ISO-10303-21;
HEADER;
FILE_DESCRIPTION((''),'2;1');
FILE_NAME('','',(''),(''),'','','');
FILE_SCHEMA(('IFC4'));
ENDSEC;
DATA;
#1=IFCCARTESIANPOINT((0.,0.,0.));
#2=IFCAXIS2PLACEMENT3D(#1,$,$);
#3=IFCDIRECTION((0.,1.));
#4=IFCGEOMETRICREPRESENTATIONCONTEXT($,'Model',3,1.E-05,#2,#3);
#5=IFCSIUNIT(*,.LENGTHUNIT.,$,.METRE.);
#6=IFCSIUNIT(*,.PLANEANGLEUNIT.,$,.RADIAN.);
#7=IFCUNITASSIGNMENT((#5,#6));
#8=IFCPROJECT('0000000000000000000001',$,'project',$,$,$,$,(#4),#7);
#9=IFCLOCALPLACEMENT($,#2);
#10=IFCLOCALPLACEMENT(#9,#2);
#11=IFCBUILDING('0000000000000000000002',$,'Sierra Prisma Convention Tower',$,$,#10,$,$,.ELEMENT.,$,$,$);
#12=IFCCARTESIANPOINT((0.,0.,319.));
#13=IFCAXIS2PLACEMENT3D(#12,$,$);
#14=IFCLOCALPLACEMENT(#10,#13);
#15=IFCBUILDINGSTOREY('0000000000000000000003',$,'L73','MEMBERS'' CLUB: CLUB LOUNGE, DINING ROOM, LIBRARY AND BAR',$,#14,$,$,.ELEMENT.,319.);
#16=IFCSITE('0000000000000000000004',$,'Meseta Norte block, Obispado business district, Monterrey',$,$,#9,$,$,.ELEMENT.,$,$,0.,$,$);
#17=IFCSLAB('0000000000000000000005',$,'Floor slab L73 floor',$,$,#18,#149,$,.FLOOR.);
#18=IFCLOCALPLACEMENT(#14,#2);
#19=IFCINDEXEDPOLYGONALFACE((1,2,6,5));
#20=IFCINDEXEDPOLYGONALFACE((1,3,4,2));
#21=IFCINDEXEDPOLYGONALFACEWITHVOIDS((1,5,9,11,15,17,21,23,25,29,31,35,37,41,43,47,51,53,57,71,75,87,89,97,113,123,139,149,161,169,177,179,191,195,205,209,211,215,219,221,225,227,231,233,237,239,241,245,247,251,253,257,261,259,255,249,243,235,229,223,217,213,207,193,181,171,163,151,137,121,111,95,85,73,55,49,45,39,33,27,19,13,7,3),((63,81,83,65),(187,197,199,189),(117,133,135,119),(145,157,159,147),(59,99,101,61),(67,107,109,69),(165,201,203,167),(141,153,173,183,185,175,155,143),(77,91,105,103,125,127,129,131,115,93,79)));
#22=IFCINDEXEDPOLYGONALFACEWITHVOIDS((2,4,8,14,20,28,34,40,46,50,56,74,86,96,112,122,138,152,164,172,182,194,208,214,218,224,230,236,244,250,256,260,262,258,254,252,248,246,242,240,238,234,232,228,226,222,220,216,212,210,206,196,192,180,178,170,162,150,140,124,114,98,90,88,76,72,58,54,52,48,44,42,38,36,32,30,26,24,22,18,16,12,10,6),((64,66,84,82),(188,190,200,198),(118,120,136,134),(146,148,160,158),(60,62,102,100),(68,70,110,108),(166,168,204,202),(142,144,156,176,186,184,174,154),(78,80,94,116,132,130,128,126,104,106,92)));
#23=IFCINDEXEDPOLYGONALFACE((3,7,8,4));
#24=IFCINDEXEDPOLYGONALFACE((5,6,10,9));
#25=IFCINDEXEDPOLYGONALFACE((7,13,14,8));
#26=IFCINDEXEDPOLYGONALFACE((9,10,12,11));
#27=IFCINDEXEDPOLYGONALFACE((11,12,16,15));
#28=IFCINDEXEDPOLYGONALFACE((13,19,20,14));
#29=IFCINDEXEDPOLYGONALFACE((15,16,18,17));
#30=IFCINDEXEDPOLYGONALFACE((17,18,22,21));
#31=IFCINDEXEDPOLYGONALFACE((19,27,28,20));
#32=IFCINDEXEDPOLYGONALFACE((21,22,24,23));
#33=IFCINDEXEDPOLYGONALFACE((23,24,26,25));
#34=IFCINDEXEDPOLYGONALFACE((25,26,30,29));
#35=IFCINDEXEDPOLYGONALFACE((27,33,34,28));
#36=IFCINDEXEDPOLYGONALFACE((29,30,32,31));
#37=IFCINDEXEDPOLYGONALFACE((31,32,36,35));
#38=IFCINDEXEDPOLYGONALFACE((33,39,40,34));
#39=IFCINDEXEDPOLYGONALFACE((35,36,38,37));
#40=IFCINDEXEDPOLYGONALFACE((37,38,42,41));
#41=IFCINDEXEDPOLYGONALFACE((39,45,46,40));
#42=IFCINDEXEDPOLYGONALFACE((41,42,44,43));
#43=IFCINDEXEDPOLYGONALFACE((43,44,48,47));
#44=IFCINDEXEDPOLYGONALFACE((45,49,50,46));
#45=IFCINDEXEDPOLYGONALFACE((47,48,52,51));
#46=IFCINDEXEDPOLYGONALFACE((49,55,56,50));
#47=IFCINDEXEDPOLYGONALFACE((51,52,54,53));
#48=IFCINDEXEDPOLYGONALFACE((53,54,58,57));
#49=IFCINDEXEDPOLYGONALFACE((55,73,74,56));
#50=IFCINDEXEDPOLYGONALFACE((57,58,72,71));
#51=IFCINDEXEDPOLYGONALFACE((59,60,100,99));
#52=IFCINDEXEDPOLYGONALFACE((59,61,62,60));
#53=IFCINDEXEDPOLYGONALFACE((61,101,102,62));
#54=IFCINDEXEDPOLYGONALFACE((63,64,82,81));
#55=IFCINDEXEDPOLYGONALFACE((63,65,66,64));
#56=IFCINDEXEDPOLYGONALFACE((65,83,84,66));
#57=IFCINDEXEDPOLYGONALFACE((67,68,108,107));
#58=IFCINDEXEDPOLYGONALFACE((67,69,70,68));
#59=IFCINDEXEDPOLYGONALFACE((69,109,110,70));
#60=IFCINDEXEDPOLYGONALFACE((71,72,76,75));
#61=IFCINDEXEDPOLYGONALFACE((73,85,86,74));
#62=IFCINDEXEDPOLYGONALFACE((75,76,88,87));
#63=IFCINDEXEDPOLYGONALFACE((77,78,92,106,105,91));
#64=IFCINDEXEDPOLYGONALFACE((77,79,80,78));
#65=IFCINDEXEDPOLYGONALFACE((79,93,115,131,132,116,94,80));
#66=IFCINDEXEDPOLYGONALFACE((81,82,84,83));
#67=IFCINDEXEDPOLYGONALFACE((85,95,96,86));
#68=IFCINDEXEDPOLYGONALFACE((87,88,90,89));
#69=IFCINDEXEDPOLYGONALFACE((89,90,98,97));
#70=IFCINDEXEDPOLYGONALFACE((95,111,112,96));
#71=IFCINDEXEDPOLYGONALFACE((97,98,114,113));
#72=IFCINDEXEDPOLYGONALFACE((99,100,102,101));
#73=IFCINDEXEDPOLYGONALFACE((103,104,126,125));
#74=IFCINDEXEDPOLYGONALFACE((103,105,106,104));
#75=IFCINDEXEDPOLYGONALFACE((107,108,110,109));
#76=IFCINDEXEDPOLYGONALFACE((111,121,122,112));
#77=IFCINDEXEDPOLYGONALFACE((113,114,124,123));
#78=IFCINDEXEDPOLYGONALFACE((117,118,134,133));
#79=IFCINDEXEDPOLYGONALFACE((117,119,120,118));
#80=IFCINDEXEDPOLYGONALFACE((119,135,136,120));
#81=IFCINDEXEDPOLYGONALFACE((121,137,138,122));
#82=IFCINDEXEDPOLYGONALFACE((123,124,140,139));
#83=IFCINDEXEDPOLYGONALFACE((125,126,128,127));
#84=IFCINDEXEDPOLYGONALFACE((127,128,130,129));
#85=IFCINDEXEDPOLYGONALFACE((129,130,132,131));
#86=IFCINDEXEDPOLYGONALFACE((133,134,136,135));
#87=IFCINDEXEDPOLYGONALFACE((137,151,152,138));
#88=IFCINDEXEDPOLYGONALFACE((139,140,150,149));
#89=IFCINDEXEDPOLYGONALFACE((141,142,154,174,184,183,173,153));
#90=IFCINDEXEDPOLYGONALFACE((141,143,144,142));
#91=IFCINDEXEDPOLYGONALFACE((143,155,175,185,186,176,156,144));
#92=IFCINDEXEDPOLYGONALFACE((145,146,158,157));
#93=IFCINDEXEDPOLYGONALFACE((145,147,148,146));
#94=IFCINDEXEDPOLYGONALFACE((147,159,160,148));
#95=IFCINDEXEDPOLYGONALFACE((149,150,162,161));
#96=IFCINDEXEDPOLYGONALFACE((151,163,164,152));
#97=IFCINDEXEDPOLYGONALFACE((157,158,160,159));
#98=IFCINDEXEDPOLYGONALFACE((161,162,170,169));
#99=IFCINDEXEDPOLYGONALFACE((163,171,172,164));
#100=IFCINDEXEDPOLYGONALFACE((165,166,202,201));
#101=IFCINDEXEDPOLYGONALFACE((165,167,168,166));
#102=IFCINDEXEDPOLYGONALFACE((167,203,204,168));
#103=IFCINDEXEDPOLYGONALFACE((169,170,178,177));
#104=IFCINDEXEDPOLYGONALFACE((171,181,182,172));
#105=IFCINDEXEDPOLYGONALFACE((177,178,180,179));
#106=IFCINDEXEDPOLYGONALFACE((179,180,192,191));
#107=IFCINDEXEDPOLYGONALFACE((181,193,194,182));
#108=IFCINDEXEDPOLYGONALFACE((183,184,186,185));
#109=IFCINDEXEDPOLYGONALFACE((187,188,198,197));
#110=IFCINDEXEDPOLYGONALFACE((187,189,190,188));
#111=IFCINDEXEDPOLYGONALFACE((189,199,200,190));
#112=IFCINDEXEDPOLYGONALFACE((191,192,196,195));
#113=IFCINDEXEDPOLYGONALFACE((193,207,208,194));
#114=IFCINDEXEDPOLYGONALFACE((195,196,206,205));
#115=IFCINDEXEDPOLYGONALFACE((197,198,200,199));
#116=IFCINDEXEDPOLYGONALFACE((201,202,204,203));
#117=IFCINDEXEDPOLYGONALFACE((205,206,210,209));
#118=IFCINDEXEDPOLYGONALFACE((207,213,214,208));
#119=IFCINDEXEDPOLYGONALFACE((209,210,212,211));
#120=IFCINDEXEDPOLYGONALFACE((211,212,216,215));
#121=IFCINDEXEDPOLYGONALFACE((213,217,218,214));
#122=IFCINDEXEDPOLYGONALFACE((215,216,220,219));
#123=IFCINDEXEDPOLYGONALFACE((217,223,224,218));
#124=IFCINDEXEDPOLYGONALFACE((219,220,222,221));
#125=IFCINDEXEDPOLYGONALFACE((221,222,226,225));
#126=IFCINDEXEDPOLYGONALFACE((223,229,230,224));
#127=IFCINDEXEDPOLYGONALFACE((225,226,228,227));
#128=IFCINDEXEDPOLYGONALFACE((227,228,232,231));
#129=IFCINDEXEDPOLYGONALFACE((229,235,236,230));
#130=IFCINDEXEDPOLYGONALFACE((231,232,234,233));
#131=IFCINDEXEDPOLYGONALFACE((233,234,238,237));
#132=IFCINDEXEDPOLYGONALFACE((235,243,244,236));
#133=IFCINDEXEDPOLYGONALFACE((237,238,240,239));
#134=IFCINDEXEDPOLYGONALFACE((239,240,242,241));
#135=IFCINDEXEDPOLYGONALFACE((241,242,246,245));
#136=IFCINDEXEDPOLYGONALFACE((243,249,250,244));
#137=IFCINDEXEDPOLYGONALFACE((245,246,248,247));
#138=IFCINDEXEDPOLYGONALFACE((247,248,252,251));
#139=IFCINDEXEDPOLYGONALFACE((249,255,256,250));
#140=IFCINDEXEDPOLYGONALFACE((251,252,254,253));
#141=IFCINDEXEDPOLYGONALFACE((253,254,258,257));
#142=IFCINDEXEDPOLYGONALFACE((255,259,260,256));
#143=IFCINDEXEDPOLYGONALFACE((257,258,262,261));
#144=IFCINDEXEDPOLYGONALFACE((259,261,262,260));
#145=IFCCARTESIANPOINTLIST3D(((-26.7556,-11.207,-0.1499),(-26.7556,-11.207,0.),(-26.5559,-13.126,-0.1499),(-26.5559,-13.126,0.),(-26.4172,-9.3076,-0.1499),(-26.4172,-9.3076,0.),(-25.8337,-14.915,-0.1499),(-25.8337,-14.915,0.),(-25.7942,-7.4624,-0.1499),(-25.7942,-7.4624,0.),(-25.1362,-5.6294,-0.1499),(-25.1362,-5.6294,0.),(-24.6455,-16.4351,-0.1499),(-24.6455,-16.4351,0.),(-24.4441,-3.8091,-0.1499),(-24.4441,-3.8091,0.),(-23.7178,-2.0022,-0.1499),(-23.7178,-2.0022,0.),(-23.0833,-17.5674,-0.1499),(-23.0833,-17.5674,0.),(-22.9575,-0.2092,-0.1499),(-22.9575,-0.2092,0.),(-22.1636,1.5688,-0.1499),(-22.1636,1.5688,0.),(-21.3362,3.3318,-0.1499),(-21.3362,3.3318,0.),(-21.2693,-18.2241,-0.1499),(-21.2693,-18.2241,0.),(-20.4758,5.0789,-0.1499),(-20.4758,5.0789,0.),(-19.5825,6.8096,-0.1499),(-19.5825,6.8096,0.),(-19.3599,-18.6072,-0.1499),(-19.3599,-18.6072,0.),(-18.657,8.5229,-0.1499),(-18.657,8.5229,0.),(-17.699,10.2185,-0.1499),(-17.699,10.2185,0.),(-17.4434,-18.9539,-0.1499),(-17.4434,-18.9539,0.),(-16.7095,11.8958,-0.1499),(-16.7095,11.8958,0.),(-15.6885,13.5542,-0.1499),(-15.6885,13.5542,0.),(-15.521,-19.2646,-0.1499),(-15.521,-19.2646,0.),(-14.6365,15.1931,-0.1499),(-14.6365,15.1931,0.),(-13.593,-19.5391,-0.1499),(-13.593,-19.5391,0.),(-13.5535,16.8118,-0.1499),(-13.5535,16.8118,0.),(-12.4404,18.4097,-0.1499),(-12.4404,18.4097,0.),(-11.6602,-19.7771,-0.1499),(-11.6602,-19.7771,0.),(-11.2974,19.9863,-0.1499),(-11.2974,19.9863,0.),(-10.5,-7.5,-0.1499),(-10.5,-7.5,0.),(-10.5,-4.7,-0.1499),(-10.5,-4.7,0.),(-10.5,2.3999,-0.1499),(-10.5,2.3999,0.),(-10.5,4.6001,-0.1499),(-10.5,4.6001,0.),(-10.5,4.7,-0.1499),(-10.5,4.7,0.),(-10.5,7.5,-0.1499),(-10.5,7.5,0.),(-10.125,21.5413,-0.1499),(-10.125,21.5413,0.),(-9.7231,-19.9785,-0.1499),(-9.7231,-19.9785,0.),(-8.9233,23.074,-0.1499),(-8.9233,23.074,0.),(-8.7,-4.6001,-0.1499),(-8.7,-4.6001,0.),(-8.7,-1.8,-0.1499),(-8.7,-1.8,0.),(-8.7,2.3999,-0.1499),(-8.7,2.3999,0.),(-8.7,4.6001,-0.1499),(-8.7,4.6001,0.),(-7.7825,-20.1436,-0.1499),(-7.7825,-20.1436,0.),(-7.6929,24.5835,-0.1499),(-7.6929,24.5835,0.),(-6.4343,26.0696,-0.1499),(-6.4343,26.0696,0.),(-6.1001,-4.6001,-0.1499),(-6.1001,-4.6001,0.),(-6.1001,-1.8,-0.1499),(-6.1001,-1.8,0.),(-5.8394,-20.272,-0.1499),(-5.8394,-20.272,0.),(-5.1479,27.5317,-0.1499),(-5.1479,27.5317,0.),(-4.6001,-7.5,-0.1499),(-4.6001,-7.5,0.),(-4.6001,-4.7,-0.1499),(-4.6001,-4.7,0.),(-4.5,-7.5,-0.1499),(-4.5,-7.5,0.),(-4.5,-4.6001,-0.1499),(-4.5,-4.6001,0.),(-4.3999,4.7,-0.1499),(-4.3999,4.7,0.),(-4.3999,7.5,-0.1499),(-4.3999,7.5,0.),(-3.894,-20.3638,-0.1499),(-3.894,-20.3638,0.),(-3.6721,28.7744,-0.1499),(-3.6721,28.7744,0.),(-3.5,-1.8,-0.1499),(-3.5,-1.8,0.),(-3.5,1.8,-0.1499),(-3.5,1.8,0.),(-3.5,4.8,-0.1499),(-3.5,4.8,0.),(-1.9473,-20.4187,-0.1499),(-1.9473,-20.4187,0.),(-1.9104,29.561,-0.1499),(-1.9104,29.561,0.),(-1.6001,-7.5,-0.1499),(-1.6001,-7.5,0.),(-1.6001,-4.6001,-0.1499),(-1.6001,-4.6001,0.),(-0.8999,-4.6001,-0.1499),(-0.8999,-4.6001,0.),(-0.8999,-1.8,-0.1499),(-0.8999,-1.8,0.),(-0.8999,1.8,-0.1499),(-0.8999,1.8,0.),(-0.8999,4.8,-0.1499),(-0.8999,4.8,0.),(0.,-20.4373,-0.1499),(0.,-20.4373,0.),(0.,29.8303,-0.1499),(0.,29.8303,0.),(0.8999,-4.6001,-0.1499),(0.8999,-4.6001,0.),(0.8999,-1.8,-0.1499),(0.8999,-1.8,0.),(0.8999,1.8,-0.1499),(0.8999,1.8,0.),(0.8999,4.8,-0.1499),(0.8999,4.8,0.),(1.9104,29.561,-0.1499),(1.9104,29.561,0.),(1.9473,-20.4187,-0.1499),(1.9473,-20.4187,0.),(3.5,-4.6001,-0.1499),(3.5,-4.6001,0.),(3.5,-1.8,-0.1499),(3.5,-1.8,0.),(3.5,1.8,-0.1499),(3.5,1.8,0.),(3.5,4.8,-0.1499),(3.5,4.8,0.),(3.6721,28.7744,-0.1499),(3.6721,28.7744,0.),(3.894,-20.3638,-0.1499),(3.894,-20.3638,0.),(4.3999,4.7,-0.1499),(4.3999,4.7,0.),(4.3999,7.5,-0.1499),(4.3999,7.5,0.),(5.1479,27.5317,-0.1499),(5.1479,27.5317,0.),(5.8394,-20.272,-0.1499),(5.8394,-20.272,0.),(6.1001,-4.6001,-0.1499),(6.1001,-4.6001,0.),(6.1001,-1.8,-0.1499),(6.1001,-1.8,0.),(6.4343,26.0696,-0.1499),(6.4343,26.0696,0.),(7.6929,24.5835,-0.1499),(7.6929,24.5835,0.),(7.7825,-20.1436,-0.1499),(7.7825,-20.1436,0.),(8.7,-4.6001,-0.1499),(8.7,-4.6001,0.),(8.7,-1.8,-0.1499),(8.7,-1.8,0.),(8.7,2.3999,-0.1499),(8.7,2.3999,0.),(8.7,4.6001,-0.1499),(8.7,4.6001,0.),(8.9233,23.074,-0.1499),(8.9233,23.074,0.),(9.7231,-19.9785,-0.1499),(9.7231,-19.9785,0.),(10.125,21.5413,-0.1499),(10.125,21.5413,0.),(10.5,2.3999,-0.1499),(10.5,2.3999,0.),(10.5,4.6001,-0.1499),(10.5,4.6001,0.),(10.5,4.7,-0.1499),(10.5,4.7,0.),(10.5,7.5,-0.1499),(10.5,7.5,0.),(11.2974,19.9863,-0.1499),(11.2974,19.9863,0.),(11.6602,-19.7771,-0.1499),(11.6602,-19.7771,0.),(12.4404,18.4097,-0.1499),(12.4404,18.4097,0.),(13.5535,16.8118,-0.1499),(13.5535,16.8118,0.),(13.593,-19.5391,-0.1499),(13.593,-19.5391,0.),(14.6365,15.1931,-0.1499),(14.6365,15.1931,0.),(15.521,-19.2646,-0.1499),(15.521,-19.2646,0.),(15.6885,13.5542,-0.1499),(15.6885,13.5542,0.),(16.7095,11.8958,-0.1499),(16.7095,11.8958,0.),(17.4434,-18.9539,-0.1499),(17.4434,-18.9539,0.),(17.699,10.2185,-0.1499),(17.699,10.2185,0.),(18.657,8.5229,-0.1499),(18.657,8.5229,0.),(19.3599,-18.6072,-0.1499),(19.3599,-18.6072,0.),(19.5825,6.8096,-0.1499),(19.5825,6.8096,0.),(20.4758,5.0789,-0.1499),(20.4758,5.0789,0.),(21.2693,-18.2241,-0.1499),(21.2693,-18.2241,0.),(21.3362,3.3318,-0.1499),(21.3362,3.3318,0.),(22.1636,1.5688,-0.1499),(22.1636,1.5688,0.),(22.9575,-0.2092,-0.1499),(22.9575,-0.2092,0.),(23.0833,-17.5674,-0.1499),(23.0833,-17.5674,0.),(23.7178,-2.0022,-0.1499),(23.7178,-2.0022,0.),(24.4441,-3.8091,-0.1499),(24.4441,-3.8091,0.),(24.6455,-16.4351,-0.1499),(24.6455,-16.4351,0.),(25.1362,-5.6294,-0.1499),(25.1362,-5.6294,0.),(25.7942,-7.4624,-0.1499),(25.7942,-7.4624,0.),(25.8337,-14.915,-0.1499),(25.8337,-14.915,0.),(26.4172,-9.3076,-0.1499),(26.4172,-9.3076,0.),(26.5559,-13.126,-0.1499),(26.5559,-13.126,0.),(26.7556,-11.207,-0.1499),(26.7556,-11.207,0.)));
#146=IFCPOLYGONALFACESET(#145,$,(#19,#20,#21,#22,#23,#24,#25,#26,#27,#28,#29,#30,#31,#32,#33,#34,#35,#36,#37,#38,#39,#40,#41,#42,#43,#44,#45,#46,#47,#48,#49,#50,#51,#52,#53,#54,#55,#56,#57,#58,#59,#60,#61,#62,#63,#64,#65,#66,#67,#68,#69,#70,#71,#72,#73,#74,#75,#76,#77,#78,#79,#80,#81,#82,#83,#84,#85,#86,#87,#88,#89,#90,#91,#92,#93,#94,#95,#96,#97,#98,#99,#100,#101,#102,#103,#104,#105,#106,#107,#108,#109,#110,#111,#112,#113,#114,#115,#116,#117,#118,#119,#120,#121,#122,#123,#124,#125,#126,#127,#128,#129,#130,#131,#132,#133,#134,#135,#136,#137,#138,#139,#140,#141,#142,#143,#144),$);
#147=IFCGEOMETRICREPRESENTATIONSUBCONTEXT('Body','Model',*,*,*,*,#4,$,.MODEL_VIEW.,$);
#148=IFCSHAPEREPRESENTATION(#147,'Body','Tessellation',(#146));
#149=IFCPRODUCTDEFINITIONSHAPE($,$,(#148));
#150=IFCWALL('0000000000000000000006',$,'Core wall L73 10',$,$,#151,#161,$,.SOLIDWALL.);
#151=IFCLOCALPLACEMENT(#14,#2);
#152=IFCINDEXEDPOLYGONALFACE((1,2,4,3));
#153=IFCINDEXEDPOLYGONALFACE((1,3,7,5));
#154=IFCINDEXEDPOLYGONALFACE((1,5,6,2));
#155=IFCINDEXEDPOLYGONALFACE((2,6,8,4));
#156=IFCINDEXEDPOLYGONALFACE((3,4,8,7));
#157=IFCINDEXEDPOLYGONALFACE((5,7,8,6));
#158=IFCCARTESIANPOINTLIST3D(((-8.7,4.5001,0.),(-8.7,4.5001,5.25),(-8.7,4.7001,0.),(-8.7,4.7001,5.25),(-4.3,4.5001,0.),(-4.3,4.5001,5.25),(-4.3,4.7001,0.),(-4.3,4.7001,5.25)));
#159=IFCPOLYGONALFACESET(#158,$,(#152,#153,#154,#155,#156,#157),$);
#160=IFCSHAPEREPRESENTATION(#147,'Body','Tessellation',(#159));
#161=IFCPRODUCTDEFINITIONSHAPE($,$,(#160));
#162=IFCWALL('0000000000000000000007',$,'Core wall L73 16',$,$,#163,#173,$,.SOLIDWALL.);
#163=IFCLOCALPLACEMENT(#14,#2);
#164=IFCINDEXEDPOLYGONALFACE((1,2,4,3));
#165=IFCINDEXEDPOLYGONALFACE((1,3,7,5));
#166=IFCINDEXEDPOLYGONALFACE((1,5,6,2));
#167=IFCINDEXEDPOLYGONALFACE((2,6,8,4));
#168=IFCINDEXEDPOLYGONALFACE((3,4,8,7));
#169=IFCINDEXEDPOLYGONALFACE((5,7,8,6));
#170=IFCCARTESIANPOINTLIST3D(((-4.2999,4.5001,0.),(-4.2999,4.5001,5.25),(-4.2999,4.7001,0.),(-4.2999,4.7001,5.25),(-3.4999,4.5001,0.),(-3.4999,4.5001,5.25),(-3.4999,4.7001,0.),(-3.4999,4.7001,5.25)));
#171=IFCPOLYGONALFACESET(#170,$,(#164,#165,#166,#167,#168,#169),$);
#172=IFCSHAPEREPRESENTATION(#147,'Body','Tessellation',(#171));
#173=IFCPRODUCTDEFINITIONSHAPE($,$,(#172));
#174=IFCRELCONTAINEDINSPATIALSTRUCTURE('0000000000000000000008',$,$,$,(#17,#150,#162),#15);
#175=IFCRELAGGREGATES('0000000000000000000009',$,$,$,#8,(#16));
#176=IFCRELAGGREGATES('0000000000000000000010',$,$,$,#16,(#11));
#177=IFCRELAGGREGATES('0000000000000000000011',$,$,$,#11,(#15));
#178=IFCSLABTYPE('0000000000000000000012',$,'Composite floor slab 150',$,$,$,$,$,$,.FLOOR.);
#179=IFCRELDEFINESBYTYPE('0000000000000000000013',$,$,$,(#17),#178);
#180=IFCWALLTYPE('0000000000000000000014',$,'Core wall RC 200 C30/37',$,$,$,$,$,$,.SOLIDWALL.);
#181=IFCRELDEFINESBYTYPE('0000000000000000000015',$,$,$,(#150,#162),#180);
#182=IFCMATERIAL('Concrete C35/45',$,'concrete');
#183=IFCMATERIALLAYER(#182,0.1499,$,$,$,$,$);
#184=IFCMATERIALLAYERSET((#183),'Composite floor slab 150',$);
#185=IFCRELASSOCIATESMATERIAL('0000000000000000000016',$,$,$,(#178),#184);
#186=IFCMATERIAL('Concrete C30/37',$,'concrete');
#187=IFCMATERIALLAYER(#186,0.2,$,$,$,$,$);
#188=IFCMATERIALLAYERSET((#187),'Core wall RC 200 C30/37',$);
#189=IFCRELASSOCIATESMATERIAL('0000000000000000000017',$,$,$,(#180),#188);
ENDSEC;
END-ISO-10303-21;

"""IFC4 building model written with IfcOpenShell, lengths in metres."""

from ifc_helpers import new_model, si_unit, direction, frame, frame_2d, origin, place, context, subcontext, project, spatial, polyline, rectangle, outline, extrude, material, layer, layer_set, type_object, element, save


model = new_model("IFC4")

# Units and contexts
model_context = context("Model", 3, precision=1e-05, world=origin(), true_north=direction((0.0, 1.0)))
body_context = subcontext(model_context, "Body", "Model", "MODEL_VIEW")
ifc_project = project(units=[si_unit("LENGTHUNIT", "METRE"), si_unit("PLANEANGLEUNIT", "RADIAN")], contexts=[model_context])

# Site, building, storey
site_placement = place(None, origin())
site = spatial("IfcSite", under=ifc_project, at=site_placement, Name="Meseta Norte block, Obispado business district, Monterrey", CompositionType="ELEMENT", RefElevation=0.0)
building_placement = place(site_placement, origin())
building = spatial("IfcBuilding", under=site, at=building_placement, Name="Sierra Prisma Convention Tower", CompositionType="ELEMENT")
storey_placement = place(building_placement, frame((0.0, 0.0, 319.0)))
storey = spatial("IfcBuildingStorey", under=building, at=storey_placement, Name="L73", Description="MEMBERS' CLUB: CLUB LOUNGE, DINING ROOM, LIBRARY AND BAR", CompositionType="ELEMENT", Elevation=319.0)

# Slab
ifc_material_1 = material(Name="Concrete C35/45", Category="concrete")
ifc_layer_1 = layer(ifc_material_1, 0.1499)
ifc_layer_set_1 = layer_set([ifc_layer_1], Name="Composite floor slab 150")
slab_type = type_object("IfcSlabType", Name="Composite floor slab 150", PredefinedType="FLOOR", material=ifc_layer_set_1)
slab_placement = place(storey_placement, frame((0.0, 0.0, -0.1499)))
element("IfcSlab", 1, at=slab_placement, inside=storey, type_object=slab_type, Name="Floor slab L73 floor", PredefinedType="FLOOR", context=body_context, shape_type="SweptSolid", body=[
    extrude(outline(polyline([(-21.2693, -18.2241), (-19.3599, -18.6072), (-17.4434, -18.9539), (-15.521, -19.2646), (-13.593, -19.5391), (-11.6602, -19.7771), (-9.7231, -19.9785), (-7.7825, -20.1436), (-5.8394, -20.272), (-3.894, -20.3638), (-1.9473, -20.4187), (0.0, -20.4373), (1.9473, -20.4187), (3.894, -20.3638), (5.8394, -20.272), (7.7825, -20.1436), (9.7231, -19.9785), (11.6602, -19.7771), (13.593, -19.5391), (15.521, -19.2646), (17.4434, -18.9539), (19.3599, -18.6072), (21.2693, -18.2241), (23.0833, -17.5674), (24.6455, -16.4351), (25.8337, -14.915), (26.5559, -13.126), (26.7556, -11.207), (26.4172, -9.3076), (25.7942, -7.4624), (25.1362, -5.6294), (24.4441, -3.8091), (23.7178, -2.0022), (22.9575, -0.2092), (22.1636, 1.5688), (21.3362, 3.3318), (20.4758, 5.0789), (19.5825, 6.8096), (18.657, 8.5229), (17.699, 10.2185), (16.7095, 11.8958), (15.6885, 13.5542), (14.6365, 15.1931), (13.5535, 16.8118), (12.4404, 18.4097), (11.2974, 19.9863), (10.125, 21.5413), (8.9233, 23.074), (7.6929, 24.5835), (6.4343, 26.0696), (5.1479, 27.5317), (3.6721, 28.7744), (1.9104, 29.561), (0.0, 29.8303), (-1.9104, 29.561), (-3.6721, 28.7744), (-5.1479, 27.5317), (-6.4343, 26.0696), (-7.6929, 24.5835), (-8.9233, 23.074), (-10.125, 21.5413), (-11.2974, 19.9863), (-12.4404, 18.4097), (-13.5535, 16.8118), (-14.6365, 15.1931), (-15.6885, 13.5542), (-16.7095, 11.8958), (-17.699, 10.2185), (-18.657, 8.5229), (-19.5825, 6.8096), (-20.4758, 5.0789), (-21.3362, 3.3318), (-22.1636, 1.5688), (-22.9575, -0.2092), (-23.7178, -2.0022), (-24.4441, -3.8091), (-25.1362, -5.6294), (-25.7942, -7.4624), (-26.4172, -9.3076), (-26.7556, -11.207), (-26.5559, -13.126), (-25.8337, -14.915), (-24.6455, -16.4351), (-23.0833, -17.5674), (-21.2693, -18.2241)]), holes=[polyline([(-4.6001, -4.7), (-4.6001, -7.5), (-10.5, -7.5), (-10.5, -4.7), (-4.6001, -4.7)]), polyline([(-4.5, -7.5), (-4.5, -4.6001), (-6.1001, -4.6001), (-8.7, -4.6001), (-8.7, -1.8), (-6.1001, -1.8), (-3.5, -1.8), (-0.8999, -1.8), (-0.8999, -4.6001), (-1.6001, -4.6001), (-1.6001, -7.5), (-4.5, -7.5)]), polyline([(-8.7, 2.3999), (-10.5, 2.3999), (-10.5, 4.6001), (-8.7, 4.6001), (-8.7, 2.3999)]), polyline([(-4.3999, 4.7), (-10.5, 4.7), (-10.5, 7.5), (-4.3999, 7.5), (-4.3999, 4.7)]), polyline([(3.5, -1.8), (6.1001, -1.8), (8.7, -1.8), (8.7, -4.6001), (6.1001, -4.6001), (3.5, -4.6001), (0.8999, -4.6001), (0.8999, -1.8), (3.5, -1.8)]), polyline([(-0.8999, 1.8), (-3.5, 1.8), (-3.5, 4.8), (-0.8999, 4.8), (-0.8999, 1.8)]), polyline([(3.5, 1.8), (0.8999, 1.8), (0.8999, 4.8), (3.5, 4.8), (3.5, 1.8)]), polyline([(10.5, 2.3999), (8.7, 2.3999), (8.7, 4.6001), (10.5, 4.6001), (10.5, 2.3999)]), polyline([(10.5, 4.7), (4.3999, 4.7), (4.3999, 7.5), (10.5, 7.5), (10.5, 4.7)])]), origin(), (0.0, 0.0, 1.0), 0.1499),
])

# Walls
ifc_material_2 = material(Name="Concrete C30/37", Category="concrete")
ifc_layer_2 = layer(ifc_material_2, 0.2)
ifc_layer_set_2 = layer_set([ifc_layer_2], Name="Core wall RC 200 C30/37")
wall_type = type_object("IfcWallType", Name="Core wall RC 200 C30/37", PredefinedType="SOLIDWALL", material=ifc_layer_set_2)
wall_1_placement = place(storey_placement, frame((-4.3, 4.6001, 0.0), z_axis=(0.0, 0.0, 1.0), x_axis=(-1.0, 0.0, 0.0)))
element("IfcWall", 2, at=wall_1_placement, inside=storey, type_object=wall_type, Name="Core wall L73 10", PredefinedType="SOLIDWALL", context=body_context, shape_type="SweptSolid", body=[
    extrude(rectangle(XDim=4.3999, YDim=0.2, at=frame_2d((2.2, 0.0))), origin(), (0.0, 0.0, 1.0), 5.25),
])
wall_2_placement = place(storey_placement, frame((-3.5, 4.6001, 0.0), z_axis=(0.0, 0.0, 1.0), x_axis=(-1.0, 0.0, 0.0)))
element("IfcWall", 3, at=wall_2_placement, inside=storey, type_object=wall_type, Name="Core wall L73 16", PredefinedType="SOLIDWALL", context=body_context, shape_type="SweptSolid", body=[
    extrude(rectangle(XDim=0.8, YDim=0.2, at=frame_2d((0.3999, 0.0))), origin(), (0.0, 0.0, 1.0), 5.25),
])

save(model, "model.ifc")
